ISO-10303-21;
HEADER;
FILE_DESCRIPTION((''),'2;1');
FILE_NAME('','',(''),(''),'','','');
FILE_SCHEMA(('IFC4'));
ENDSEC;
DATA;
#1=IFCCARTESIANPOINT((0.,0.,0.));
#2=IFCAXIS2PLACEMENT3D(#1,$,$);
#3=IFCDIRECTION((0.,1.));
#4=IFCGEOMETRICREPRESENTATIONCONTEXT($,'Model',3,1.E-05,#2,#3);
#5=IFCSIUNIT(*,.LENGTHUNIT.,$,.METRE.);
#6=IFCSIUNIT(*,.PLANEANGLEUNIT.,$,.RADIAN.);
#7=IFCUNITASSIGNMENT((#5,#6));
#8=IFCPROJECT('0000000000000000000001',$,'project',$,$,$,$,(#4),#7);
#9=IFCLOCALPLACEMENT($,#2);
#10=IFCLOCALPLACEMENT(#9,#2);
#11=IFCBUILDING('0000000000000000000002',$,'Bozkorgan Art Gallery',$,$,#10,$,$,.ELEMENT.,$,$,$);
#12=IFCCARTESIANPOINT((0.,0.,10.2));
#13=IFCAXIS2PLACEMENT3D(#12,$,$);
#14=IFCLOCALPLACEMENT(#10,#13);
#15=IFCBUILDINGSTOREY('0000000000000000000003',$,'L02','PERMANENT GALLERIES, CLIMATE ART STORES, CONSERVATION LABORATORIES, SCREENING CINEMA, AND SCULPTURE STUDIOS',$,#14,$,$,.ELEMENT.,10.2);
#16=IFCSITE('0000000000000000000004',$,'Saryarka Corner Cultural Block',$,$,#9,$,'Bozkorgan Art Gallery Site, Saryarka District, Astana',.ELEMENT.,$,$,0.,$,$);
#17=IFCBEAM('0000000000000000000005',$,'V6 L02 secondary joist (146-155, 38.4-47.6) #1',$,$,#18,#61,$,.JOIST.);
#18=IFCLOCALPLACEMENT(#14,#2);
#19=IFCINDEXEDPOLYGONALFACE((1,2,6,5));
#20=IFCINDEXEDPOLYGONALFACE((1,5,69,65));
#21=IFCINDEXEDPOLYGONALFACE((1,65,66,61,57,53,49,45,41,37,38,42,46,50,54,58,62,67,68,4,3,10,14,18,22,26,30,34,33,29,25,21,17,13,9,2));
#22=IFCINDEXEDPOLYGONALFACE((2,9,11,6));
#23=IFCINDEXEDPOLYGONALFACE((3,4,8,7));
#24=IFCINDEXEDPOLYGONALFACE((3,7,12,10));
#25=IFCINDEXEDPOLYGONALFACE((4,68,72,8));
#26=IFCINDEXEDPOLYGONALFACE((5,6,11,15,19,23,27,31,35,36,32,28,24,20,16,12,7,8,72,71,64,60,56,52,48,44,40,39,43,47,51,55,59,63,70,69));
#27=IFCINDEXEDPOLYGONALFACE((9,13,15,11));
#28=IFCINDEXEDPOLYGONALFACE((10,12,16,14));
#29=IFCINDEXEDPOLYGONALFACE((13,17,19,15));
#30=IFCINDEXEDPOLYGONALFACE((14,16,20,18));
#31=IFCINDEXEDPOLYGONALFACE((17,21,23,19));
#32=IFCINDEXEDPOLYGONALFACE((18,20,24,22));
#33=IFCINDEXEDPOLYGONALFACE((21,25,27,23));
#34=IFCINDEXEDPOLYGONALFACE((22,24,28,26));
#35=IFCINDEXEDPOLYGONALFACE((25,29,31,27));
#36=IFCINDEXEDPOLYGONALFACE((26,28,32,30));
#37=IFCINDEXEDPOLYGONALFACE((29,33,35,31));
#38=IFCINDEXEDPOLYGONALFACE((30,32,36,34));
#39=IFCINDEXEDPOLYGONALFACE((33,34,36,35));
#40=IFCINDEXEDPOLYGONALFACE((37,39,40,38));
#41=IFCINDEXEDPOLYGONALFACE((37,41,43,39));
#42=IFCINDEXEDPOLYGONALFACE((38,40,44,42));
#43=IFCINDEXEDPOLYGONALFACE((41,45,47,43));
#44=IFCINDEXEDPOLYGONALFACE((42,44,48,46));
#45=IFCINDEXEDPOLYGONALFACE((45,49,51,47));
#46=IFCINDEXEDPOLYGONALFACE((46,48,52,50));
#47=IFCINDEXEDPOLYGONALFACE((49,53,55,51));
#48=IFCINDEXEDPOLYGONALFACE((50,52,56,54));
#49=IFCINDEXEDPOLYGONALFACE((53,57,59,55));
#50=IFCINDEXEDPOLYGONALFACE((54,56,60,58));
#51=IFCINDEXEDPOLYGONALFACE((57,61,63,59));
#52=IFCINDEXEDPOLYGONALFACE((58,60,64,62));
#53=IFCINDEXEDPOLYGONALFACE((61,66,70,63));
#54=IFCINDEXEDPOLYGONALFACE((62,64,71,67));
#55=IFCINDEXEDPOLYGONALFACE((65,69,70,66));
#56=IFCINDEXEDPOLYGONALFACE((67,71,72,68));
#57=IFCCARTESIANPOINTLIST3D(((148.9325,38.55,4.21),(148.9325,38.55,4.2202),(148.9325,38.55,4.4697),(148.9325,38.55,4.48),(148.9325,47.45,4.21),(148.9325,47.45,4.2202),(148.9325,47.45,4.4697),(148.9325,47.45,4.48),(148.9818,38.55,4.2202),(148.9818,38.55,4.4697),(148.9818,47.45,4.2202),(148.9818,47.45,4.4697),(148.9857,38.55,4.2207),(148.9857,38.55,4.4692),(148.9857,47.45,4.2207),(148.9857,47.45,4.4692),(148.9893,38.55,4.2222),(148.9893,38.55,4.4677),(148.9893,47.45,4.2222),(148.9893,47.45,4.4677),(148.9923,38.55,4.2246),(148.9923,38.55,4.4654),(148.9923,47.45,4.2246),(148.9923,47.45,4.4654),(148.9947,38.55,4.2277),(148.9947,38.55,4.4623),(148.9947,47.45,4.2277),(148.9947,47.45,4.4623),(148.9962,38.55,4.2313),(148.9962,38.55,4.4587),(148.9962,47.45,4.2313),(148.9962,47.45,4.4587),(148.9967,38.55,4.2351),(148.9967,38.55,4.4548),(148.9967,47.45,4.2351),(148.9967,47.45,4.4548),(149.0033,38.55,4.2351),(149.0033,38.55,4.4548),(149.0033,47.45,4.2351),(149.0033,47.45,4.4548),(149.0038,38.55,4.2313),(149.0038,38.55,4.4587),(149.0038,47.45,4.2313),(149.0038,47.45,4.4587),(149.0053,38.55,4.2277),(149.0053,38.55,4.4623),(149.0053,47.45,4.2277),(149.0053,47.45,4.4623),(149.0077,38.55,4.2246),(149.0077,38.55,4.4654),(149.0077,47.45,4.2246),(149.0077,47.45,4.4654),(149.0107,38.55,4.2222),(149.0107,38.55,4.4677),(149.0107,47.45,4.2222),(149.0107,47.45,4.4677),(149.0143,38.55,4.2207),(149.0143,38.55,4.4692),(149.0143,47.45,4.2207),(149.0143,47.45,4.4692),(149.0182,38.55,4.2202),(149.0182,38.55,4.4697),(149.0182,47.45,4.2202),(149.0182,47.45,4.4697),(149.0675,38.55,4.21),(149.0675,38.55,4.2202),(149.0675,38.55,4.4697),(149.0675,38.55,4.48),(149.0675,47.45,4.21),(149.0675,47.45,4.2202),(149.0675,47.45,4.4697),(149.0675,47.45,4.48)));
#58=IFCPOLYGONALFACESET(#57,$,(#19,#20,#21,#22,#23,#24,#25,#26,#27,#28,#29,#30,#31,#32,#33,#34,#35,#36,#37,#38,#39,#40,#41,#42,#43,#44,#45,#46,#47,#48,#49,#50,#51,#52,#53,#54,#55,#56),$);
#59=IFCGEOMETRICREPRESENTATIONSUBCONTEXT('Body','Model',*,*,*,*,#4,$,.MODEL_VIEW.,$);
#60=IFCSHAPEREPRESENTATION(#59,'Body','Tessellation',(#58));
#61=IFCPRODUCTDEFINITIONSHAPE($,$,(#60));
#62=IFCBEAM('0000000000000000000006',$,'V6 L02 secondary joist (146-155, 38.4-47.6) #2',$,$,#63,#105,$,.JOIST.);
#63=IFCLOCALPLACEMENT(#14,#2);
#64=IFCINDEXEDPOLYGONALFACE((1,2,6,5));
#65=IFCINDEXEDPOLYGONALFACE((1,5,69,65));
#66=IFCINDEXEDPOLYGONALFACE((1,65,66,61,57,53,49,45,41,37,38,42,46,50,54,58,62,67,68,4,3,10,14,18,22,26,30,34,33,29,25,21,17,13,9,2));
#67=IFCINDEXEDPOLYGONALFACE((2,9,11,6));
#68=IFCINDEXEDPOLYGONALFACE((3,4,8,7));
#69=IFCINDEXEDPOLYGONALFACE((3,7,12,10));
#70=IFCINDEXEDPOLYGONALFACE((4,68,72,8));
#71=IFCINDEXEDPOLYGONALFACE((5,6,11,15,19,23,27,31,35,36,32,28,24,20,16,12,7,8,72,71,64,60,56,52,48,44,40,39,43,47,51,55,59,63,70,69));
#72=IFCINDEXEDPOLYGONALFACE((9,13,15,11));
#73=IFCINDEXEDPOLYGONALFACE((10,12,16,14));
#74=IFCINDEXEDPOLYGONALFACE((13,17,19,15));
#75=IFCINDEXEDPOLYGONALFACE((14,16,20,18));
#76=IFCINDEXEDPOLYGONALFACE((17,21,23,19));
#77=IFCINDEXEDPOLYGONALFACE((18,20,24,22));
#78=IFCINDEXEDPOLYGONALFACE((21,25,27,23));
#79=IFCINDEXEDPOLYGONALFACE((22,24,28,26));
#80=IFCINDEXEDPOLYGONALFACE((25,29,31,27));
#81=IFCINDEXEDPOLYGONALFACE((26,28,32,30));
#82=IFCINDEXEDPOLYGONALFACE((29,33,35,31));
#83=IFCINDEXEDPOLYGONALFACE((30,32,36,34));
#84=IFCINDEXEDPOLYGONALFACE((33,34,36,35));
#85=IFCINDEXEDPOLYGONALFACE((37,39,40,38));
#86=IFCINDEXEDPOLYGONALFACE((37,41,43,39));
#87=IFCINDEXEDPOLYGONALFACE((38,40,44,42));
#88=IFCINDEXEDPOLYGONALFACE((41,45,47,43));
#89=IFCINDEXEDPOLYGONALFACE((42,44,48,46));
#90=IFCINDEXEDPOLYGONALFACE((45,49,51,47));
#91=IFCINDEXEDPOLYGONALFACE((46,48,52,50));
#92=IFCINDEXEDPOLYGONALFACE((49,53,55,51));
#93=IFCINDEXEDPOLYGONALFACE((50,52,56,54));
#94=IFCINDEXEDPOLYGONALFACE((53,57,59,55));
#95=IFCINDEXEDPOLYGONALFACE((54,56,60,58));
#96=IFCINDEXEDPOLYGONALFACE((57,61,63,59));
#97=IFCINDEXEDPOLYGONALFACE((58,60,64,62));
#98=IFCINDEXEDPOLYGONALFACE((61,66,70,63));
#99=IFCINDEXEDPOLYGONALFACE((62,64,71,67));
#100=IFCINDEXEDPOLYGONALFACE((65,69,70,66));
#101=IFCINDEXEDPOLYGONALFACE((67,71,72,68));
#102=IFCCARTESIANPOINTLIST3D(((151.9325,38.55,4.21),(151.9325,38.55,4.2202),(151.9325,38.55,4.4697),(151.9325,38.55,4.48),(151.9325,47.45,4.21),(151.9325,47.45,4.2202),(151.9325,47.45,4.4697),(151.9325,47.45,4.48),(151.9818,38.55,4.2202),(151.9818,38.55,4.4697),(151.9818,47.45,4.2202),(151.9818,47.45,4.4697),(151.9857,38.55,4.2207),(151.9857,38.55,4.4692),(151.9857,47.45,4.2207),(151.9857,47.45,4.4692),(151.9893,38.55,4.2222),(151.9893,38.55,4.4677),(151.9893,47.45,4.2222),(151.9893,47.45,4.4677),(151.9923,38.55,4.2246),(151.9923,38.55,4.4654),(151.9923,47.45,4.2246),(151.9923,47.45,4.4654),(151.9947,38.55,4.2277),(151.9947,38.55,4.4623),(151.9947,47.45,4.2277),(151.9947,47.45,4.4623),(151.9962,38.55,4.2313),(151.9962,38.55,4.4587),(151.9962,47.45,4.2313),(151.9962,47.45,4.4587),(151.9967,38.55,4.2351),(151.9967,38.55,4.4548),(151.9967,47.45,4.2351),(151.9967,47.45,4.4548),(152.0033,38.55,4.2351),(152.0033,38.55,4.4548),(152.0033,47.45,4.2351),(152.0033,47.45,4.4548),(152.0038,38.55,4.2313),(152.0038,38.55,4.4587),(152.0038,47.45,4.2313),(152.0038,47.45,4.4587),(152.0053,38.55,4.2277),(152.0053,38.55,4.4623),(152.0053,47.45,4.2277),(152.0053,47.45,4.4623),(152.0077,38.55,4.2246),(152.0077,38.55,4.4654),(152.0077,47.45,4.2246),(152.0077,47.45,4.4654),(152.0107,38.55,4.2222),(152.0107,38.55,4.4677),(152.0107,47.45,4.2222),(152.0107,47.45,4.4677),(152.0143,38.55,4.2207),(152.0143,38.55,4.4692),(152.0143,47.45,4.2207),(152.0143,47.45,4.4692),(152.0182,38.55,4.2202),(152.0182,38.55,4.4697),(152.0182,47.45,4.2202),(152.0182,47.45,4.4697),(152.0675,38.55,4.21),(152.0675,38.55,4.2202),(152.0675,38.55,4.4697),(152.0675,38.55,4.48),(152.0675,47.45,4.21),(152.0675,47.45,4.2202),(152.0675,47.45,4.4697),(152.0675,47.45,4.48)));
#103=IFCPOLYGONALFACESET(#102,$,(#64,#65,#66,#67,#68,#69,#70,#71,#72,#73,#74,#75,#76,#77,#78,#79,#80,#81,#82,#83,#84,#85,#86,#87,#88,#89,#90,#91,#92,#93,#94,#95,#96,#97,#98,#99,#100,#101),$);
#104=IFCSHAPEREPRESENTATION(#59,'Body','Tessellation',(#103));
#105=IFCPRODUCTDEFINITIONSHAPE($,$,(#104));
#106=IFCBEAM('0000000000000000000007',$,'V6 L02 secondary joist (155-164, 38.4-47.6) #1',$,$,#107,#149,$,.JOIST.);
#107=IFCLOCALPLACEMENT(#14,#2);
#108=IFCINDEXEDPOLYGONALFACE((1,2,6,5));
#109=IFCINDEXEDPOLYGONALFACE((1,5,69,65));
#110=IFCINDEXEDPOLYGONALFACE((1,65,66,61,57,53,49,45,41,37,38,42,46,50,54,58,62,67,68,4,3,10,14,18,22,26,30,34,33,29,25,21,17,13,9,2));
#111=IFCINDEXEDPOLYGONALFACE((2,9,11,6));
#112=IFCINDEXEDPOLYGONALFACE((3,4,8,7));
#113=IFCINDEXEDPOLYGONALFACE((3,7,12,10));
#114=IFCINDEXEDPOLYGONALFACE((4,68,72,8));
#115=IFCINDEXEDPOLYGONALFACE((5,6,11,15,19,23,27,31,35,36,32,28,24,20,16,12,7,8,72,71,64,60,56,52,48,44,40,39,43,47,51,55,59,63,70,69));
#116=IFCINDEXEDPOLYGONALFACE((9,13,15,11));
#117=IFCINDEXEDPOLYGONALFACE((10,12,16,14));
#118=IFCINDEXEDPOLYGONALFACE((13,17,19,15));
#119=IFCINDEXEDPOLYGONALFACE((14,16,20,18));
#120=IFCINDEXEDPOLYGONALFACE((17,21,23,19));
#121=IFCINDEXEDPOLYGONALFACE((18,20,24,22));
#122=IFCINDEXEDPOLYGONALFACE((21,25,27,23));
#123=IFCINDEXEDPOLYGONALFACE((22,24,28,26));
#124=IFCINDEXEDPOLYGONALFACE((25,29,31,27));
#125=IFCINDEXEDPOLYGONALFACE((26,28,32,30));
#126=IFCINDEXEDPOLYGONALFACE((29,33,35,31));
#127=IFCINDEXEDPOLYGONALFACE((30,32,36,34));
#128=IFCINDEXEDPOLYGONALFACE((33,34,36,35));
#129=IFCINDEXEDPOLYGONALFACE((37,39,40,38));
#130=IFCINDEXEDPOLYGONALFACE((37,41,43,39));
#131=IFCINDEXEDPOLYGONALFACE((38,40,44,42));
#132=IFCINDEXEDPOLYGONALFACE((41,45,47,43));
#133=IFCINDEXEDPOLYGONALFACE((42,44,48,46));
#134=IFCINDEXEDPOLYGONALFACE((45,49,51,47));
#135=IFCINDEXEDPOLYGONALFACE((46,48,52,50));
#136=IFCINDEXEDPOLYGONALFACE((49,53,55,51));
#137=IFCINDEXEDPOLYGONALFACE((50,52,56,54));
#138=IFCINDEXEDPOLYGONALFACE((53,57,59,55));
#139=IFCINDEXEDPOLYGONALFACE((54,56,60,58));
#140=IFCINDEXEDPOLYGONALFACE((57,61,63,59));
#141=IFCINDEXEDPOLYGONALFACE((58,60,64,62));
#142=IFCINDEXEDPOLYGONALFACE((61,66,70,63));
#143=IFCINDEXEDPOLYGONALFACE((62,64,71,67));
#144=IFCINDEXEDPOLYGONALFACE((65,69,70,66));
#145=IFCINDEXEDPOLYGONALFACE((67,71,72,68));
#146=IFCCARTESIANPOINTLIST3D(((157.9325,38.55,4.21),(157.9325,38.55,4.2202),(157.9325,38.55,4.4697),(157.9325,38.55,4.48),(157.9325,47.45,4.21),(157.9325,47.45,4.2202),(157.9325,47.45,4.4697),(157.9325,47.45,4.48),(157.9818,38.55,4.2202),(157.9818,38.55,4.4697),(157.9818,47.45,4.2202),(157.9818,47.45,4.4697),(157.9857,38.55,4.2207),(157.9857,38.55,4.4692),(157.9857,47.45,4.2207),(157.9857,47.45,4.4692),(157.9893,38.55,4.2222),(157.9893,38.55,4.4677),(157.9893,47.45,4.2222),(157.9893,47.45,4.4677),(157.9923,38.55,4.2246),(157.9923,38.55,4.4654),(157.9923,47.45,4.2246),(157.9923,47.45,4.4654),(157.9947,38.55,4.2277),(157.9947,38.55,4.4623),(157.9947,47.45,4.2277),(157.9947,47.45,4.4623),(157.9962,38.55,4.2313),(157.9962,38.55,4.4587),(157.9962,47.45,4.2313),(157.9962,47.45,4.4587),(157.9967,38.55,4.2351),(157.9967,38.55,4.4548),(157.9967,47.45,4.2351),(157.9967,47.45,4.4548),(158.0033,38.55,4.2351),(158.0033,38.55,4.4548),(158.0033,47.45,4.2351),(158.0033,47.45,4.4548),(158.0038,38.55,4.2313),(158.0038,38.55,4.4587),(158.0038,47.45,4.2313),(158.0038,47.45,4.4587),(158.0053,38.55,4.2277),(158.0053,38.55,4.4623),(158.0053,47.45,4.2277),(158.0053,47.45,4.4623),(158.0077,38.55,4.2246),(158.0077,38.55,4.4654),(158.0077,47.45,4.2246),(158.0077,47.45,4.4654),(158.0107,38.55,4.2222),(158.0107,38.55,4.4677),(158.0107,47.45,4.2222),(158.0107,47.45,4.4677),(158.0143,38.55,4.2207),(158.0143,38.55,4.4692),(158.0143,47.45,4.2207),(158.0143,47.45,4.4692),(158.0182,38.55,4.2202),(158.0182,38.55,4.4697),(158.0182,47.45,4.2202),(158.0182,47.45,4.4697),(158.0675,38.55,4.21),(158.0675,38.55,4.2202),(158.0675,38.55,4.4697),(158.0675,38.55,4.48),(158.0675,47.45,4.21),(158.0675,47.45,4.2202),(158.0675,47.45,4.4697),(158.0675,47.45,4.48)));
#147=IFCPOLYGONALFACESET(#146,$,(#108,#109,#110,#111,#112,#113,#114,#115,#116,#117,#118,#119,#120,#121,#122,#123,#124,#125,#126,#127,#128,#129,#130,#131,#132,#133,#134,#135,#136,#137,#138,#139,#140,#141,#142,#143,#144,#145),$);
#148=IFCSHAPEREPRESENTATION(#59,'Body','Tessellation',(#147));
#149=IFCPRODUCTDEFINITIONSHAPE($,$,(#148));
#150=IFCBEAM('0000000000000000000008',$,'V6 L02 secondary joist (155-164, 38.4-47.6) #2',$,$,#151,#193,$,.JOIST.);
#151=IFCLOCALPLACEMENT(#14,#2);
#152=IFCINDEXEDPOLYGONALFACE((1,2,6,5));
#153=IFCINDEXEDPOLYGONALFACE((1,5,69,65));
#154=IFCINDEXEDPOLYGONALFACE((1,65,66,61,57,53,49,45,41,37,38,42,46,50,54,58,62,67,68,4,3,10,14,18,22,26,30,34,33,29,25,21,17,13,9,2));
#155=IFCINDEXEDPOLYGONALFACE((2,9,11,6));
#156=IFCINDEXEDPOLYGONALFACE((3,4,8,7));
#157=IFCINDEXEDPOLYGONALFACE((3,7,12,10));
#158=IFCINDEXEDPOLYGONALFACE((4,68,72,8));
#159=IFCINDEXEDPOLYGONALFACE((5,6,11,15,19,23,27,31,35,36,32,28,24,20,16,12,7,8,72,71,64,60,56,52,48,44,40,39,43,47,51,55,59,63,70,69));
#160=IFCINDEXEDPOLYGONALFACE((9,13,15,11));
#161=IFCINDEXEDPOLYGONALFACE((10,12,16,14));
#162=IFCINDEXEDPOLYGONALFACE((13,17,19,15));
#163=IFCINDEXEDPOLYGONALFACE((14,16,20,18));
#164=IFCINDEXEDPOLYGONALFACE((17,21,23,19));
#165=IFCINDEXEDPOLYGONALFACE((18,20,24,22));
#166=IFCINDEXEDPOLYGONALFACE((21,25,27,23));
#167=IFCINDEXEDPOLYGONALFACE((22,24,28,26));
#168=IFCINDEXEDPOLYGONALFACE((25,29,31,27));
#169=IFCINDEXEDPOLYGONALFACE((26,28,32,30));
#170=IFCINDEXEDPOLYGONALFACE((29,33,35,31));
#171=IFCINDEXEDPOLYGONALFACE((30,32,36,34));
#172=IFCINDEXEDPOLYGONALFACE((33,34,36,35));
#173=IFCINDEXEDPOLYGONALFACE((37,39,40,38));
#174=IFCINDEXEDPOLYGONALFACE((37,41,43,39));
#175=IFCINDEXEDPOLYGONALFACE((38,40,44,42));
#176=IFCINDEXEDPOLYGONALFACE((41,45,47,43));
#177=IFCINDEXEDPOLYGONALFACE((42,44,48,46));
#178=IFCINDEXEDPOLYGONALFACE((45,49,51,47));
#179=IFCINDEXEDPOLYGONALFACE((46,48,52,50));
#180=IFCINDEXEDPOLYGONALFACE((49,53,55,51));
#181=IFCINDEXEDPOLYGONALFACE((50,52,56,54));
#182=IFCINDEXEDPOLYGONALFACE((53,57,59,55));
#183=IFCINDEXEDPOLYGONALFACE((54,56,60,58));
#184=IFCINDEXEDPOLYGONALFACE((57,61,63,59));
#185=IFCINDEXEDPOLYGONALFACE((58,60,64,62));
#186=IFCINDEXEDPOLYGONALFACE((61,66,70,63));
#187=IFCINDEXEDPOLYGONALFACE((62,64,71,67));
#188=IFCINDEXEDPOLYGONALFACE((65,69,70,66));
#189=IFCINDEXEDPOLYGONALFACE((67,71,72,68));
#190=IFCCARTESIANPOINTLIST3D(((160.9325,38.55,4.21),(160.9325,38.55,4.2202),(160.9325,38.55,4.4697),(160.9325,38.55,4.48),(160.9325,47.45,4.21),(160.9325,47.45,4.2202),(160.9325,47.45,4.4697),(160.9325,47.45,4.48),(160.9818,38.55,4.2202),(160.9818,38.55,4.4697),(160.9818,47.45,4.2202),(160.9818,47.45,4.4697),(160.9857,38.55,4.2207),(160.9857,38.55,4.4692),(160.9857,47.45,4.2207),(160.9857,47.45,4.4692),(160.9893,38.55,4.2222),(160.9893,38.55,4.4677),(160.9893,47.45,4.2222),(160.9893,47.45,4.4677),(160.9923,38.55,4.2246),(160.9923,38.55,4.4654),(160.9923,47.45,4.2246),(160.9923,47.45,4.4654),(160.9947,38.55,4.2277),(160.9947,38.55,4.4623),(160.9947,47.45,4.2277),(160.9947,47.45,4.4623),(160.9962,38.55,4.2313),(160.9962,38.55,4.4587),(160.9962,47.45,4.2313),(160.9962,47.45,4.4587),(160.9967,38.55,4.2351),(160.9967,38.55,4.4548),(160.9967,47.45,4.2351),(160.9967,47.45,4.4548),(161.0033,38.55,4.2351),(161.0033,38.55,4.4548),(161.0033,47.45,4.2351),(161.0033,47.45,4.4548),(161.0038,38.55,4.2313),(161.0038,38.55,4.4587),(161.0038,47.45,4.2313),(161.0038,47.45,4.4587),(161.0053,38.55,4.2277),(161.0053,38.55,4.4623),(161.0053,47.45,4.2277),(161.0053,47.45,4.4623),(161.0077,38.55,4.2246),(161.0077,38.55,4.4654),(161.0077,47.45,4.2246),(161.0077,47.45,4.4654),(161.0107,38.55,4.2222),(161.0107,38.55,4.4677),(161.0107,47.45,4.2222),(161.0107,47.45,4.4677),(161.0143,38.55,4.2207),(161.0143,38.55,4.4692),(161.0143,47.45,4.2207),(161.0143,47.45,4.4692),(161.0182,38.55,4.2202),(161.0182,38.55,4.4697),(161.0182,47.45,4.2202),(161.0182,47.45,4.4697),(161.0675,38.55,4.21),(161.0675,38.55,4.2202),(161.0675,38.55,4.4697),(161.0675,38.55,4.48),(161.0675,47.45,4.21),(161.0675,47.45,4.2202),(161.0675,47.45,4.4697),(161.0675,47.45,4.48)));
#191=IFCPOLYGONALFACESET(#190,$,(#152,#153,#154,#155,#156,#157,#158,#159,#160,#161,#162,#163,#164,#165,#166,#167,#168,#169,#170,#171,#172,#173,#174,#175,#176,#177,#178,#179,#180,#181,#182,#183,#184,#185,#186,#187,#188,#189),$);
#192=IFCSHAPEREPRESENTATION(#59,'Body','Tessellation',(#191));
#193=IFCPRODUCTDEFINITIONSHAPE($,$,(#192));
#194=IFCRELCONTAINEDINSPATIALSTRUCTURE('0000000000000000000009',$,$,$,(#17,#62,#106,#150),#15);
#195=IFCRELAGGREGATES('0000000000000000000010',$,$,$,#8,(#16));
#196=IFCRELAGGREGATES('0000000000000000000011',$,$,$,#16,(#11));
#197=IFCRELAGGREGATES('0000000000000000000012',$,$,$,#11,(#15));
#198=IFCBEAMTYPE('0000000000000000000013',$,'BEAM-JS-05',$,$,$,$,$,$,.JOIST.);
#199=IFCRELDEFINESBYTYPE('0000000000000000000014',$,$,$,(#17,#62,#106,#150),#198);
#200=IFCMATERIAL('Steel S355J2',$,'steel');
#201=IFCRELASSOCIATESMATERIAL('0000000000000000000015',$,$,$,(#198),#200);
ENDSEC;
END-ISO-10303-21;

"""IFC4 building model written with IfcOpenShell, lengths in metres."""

from ifc_helpers import new_model, si_unit, direction, frame, origin, origin_2d, place, context, subcontext, project, spatial, i_section, extrude, material, material_profile, profile_set, type_object, element, save


model = new_model("IFC4")

# Units and contexts
model_context = context("Model", 3, precision=1e-05, world=origin(), true_north=direction((0.0, 1.0)))
body_context = subcontext(model_context, "Body", "Model", "MODEL_VIEW")
ifc_project = project(units=[si_unit("LENGTHUNIT", "METRE"), si_unit("PLANEANGLEUNIT", "RADIAN")], contexts=[model_context])

# Site, building, storey
site_placement = place(None, origin())
site = spatial("IfcSite", under=ifc_project, at=site_placement, Name="Saryarka Corner Cultural Block", LongName="Bozkorgan Art Gallery Site, Saryarka District, Astana", CompositionType="ELEMENT", RefElevation=0.0)
building_placement = place(site_placement, origin())
building = spatial("IfcBuilding", under=site, at=building_placement, Name="Bozkorgan Art Gallery", CompositionType="ELEMENT")
storey_placement = place(building_placement, frame((0.0, 0.0, 10.2)))
storey = spatial("IfcBuildingStorey", under=building, at=storey_placement, Name="L02", Description="PERMANENT GALLERIES, CLIMATE ART STORES, CONSERVATION LABORATORIES, SCREENING CINEMA, AND SCULPTURE STUDIOS", CompositionType="ELEMENT", Elevation=10.2)

# Shared definitions
ifc_material_1 = material(Name="Steel S355J2", Category="steel")

# Beams
ifc_material_profile_1 = material_profile(ifc_material_1, i_section(OverallWidth=0.135, OverallDepth=0.27, WebThickness=0.0066, FlangeThickness=0.0103, FilletRadius=0.0149, at=origin_2d()), Name="IPE 270")
ifc_profile_set_1 = profile_set([ifc_material_profile_1], Name="Steel S355J2")
beam_type_1 = type_object("IfcBeamType", Name="BEAM-JS-05", PredefinedType="JOIST", material=ifc_profile_set_1)
for number, where, z_axis, x_axis, name in (
    (1, (149.0, 38.55, 4.345), (0.0, 1.0, 0.0), (-1.0, 0.0, 0.0), "V6 L02 secondary joist (146-155, 38.4-47.6) #1"),
    (2, (152.0, 38.55, 4.345), (0.0, 1.0, 0.0), (-1.0, 0.0, 0.0), "V6 L02 secondary joist (146-155, 38.4-47.6) #2"),
    (3, (158.0, 38.55, 4.345), (0.0, 1.0, 0.0), (-1.0, 0.0, 0.0), "V6 L02 secondary joist (155-164, 38.4-47.6) #1"),
    (4, (161.0, 38.55, 4.345), (0.0, 1.0, 0.0), (-1.0, 0.0, 0.0), "V6 L02 secondary joist (155-164, 38.4-47.6) #2"),
):
    element("IfcBeam", number, at=place(storey_placement, frame(where, z_axis=z_axis, x_axis=x_axis)), inside=storey, type_object=beam_type_1, Name=name, PredefinedType="JOIST", context=body_context, shape_type="SweptSolid", body=[
        extrude(i_section(OverallWidth=0.135, OverallDepth=0.27, WebThickness=0.0066, FlangeThickness=0.0103, FilletRadius=0.0149, at=origin_2d()), origin(), (0.0, 0.0, 1.0), 8.8999),
    ])

save(model, "model.ifc")
